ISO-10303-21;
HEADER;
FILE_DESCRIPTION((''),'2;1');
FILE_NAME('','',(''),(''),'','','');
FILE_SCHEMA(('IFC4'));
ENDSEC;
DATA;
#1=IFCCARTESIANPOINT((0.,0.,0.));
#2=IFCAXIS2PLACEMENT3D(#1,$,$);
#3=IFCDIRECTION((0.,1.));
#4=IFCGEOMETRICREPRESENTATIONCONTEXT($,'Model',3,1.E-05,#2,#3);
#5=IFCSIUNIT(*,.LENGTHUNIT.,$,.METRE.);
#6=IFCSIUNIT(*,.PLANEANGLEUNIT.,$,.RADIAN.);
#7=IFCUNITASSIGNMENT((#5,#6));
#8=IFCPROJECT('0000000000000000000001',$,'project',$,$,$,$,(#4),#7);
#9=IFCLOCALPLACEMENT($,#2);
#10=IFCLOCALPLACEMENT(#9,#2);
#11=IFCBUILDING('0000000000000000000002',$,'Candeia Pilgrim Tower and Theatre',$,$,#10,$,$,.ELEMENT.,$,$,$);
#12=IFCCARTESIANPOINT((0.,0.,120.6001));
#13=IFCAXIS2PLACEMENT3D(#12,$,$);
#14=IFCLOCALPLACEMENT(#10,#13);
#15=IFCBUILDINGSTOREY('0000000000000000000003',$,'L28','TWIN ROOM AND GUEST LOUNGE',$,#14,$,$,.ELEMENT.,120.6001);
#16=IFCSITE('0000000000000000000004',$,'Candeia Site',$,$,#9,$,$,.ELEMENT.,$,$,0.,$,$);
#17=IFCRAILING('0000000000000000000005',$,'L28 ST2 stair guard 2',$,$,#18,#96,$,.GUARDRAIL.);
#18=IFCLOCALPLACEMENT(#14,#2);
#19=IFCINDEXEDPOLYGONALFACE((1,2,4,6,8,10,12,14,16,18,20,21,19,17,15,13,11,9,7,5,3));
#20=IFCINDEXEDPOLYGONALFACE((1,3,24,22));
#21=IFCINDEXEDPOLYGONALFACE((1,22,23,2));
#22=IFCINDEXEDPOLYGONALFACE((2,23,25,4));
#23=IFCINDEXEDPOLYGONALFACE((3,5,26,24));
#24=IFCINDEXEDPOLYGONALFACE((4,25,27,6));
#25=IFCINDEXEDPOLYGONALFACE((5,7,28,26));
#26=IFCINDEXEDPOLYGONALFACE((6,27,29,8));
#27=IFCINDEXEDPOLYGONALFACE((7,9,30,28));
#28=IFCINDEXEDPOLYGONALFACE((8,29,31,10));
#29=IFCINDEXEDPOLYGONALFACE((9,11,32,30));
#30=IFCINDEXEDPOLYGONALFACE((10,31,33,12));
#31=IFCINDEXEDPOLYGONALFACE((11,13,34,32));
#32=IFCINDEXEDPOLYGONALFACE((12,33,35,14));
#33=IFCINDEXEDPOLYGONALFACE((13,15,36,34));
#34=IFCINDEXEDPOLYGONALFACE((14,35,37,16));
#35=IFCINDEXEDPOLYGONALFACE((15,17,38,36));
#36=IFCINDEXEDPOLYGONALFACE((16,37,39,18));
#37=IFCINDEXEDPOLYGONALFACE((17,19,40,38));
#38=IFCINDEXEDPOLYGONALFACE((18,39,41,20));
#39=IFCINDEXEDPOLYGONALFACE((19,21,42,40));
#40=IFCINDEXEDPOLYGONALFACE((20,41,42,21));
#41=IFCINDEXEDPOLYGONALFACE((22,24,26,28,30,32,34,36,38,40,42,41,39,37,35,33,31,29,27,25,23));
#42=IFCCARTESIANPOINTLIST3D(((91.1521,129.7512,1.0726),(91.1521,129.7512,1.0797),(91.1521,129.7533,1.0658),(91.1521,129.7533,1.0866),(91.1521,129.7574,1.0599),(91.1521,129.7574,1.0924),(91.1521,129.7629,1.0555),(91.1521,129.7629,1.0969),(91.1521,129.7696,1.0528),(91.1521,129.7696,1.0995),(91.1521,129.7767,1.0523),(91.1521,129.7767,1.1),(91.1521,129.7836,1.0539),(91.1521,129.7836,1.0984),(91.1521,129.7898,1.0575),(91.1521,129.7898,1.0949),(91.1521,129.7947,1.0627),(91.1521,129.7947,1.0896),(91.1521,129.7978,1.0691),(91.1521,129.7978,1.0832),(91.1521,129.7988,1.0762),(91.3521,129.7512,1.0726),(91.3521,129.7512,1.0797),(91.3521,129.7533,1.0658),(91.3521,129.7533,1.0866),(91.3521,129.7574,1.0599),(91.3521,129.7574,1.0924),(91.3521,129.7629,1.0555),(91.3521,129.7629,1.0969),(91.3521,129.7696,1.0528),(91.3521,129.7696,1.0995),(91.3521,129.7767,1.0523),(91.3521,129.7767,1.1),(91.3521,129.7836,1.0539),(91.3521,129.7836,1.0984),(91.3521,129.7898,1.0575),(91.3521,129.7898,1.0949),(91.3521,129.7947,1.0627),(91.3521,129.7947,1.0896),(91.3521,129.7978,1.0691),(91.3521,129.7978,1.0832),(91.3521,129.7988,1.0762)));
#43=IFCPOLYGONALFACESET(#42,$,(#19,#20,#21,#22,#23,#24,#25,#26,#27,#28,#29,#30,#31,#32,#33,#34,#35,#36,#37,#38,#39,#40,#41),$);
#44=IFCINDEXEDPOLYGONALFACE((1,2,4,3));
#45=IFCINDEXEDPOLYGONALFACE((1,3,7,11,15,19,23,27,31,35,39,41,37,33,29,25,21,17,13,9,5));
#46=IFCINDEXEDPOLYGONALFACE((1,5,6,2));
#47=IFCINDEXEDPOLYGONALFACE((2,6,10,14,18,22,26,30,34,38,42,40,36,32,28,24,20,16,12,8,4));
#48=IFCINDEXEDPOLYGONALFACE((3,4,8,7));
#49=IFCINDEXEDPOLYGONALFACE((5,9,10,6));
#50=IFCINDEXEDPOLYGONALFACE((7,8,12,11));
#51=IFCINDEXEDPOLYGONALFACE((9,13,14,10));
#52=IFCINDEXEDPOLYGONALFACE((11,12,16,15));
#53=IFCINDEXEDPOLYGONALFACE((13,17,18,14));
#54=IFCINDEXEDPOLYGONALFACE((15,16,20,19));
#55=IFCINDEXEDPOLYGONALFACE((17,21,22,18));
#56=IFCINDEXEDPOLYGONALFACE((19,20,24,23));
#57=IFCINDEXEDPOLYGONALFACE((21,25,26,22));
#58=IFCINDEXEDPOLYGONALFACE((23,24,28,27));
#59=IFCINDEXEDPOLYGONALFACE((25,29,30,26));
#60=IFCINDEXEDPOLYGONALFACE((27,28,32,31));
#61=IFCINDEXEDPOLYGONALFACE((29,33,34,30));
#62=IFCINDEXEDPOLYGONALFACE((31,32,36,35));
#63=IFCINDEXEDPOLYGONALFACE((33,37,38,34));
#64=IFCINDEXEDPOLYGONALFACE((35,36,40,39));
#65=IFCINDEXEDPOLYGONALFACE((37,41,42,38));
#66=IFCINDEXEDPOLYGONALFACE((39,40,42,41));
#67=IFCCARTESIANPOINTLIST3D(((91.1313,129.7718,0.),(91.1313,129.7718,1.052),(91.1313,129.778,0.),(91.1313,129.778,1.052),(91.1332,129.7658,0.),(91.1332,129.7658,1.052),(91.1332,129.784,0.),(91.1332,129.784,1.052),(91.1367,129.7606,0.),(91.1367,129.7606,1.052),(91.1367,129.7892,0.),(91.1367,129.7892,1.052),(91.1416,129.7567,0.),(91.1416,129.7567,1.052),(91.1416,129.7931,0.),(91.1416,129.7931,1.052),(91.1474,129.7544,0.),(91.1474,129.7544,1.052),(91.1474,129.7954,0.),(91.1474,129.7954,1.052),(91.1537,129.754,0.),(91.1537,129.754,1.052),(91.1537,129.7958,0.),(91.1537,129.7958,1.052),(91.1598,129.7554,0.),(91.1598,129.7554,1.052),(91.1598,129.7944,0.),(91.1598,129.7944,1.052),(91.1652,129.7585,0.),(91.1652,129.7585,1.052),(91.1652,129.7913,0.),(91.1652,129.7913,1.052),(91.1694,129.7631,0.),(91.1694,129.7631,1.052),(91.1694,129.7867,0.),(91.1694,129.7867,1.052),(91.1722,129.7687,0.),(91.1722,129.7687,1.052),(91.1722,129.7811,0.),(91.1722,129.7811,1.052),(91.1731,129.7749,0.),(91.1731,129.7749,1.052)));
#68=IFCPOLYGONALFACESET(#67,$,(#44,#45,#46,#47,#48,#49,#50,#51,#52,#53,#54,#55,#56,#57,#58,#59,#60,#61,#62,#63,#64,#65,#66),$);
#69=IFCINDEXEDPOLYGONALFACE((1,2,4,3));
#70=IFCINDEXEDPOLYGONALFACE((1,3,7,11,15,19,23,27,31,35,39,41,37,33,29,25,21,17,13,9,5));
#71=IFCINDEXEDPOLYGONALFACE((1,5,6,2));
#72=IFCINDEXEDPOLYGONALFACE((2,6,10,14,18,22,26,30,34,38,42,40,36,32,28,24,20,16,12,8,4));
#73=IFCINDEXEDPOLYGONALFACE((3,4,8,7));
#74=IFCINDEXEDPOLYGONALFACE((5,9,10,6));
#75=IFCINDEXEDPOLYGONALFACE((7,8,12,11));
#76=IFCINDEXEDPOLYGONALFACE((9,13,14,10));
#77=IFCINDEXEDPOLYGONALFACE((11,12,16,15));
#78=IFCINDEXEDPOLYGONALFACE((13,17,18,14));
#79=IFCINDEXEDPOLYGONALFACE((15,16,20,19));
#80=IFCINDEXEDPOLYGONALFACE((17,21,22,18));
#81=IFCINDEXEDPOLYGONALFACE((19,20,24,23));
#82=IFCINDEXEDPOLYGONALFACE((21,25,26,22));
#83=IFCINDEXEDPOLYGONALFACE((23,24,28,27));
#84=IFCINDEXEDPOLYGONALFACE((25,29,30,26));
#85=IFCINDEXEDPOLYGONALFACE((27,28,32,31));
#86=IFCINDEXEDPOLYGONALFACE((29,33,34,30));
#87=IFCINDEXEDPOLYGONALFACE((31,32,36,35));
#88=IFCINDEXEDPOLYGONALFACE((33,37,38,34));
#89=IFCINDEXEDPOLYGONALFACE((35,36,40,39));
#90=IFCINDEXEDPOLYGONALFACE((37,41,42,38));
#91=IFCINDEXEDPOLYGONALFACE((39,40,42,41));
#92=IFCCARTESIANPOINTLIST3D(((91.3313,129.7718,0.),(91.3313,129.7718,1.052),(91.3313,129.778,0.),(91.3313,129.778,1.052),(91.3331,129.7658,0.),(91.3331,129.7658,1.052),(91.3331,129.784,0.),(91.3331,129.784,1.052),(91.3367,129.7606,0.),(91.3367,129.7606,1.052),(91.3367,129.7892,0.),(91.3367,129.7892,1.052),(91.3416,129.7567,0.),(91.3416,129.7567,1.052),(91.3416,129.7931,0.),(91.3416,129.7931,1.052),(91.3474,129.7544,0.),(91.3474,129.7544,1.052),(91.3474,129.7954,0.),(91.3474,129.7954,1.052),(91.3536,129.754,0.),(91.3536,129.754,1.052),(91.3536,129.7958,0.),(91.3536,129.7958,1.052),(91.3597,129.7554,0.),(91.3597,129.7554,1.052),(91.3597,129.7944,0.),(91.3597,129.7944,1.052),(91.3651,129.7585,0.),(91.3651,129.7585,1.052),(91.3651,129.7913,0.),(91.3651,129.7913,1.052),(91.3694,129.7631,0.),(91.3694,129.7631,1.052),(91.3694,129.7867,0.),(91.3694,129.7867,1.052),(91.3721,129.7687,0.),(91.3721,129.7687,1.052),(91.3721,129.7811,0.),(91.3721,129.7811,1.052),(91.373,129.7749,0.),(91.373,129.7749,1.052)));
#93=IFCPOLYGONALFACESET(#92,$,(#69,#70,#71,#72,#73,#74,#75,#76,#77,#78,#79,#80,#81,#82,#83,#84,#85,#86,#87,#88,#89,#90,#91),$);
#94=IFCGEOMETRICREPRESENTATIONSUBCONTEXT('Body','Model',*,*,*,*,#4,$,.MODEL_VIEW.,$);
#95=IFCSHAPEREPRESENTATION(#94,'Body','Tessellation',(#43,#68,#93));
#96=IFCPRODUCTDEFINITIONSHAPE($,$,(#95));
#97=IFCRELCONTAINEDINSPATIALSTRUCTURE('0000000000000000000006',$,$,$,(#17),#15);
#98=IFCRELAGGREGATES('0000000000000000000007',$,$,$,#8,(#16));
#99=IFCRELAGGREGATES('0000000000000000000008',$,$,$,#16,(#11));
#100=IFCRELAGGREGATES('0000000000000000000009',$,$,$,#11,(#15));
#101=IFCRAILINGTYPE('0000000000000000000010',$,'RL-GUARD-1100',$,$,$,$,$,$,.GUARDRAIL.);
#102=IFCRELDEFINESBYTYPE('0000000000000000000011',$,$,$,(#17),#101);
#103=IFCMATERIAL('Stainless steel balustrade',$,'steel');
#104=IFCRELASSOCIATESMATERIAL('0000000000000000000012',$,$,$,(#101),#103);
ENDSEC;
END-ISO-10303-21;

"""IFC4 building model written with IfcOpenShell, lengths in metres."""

from ifc_helpers import new_model, si_unit, direction, frame, origin, origin_2d, place, context, subcontext, project, spatial, circle, extrude, material, type_object, element, save


model = new_model("IFC4")

# Units and contexts
model_context = context("Model", 3, precision=1e-05, world=origin(), true_north=direction((0.0, 1.0)))
body_context = subcontext(model_context, "Body", "Model", "MODEL_VIEW")
ifc_project = project(units=[si_unit("LENGTHUNIT", "METRE"), si_unit("PLANEANGLEUNIT", "RADIAN")], contexts=[model_context])

# Site, building, storey
site_placement = place(None, origin())
site = spatial("IfcSite", under=ifc_project, at=site_placement, Name="Candeia Site", CompositionType="ELEMENT", RefElevation=0.0)
building_placement = place(site_placement, origin())
building = spatial("IfcBuilding", under=site, at=building_placement, Name="Candeia Pilgrim Tower and Theatre", CompositionType="ELEMENT")
storey_placement = place(building_placement, frame((0.0, 0.0, 120.6001)))
storey = spatial("IfcBuildingStorey", under=building, at=storey_placement, Name="L28", Description="TWIN ROOM AND GUEST LOUNGE", CompositionType="ELEMENT", Elevation=120.6001)

# Shared definitions
ifc_material_1 = material(Name="Stainless steel balustrade", Category="steel")

# Railing
railing_type_1 = type_object("IfcRailingType", Name="RL-GUARD-1100", PredefinedType="GUARDRAIL", material=ifc_material_1)
railing_1_placement = place(storey_placement, frame((91.1521, 129.7749, 0.0)))
element("IfcRailing", 1, at=railing_1_placement, inside=storey, type_object=railing_type_1, Name="L28 ST2 stair guard 2", PredefinedType="GUARDRAIL", context=body_context, shape_type="SweptSolid", body=[
    extrude(circle(Radius=0.0239, at=origin_2d()), frame((0.0, 0.0, 1.0762), z_axis=(1.0, 0.0, 0.0), x_axis=(0.0, 1.0, 0.0)), (0.0, 0.0, 1.0), 0.2),
    extrude(circle(Radius=0.021, at=origin_2d()), origin(), (0.0, 0.0, 1.0), 1.052),
    extrude(circle(Radius=0.021, at=origin_2d()), frame((0.2, 0.0, 0.0)), (0.0, 0.0, 1.0), 1.052),
])

save(model, "model.ifc")
